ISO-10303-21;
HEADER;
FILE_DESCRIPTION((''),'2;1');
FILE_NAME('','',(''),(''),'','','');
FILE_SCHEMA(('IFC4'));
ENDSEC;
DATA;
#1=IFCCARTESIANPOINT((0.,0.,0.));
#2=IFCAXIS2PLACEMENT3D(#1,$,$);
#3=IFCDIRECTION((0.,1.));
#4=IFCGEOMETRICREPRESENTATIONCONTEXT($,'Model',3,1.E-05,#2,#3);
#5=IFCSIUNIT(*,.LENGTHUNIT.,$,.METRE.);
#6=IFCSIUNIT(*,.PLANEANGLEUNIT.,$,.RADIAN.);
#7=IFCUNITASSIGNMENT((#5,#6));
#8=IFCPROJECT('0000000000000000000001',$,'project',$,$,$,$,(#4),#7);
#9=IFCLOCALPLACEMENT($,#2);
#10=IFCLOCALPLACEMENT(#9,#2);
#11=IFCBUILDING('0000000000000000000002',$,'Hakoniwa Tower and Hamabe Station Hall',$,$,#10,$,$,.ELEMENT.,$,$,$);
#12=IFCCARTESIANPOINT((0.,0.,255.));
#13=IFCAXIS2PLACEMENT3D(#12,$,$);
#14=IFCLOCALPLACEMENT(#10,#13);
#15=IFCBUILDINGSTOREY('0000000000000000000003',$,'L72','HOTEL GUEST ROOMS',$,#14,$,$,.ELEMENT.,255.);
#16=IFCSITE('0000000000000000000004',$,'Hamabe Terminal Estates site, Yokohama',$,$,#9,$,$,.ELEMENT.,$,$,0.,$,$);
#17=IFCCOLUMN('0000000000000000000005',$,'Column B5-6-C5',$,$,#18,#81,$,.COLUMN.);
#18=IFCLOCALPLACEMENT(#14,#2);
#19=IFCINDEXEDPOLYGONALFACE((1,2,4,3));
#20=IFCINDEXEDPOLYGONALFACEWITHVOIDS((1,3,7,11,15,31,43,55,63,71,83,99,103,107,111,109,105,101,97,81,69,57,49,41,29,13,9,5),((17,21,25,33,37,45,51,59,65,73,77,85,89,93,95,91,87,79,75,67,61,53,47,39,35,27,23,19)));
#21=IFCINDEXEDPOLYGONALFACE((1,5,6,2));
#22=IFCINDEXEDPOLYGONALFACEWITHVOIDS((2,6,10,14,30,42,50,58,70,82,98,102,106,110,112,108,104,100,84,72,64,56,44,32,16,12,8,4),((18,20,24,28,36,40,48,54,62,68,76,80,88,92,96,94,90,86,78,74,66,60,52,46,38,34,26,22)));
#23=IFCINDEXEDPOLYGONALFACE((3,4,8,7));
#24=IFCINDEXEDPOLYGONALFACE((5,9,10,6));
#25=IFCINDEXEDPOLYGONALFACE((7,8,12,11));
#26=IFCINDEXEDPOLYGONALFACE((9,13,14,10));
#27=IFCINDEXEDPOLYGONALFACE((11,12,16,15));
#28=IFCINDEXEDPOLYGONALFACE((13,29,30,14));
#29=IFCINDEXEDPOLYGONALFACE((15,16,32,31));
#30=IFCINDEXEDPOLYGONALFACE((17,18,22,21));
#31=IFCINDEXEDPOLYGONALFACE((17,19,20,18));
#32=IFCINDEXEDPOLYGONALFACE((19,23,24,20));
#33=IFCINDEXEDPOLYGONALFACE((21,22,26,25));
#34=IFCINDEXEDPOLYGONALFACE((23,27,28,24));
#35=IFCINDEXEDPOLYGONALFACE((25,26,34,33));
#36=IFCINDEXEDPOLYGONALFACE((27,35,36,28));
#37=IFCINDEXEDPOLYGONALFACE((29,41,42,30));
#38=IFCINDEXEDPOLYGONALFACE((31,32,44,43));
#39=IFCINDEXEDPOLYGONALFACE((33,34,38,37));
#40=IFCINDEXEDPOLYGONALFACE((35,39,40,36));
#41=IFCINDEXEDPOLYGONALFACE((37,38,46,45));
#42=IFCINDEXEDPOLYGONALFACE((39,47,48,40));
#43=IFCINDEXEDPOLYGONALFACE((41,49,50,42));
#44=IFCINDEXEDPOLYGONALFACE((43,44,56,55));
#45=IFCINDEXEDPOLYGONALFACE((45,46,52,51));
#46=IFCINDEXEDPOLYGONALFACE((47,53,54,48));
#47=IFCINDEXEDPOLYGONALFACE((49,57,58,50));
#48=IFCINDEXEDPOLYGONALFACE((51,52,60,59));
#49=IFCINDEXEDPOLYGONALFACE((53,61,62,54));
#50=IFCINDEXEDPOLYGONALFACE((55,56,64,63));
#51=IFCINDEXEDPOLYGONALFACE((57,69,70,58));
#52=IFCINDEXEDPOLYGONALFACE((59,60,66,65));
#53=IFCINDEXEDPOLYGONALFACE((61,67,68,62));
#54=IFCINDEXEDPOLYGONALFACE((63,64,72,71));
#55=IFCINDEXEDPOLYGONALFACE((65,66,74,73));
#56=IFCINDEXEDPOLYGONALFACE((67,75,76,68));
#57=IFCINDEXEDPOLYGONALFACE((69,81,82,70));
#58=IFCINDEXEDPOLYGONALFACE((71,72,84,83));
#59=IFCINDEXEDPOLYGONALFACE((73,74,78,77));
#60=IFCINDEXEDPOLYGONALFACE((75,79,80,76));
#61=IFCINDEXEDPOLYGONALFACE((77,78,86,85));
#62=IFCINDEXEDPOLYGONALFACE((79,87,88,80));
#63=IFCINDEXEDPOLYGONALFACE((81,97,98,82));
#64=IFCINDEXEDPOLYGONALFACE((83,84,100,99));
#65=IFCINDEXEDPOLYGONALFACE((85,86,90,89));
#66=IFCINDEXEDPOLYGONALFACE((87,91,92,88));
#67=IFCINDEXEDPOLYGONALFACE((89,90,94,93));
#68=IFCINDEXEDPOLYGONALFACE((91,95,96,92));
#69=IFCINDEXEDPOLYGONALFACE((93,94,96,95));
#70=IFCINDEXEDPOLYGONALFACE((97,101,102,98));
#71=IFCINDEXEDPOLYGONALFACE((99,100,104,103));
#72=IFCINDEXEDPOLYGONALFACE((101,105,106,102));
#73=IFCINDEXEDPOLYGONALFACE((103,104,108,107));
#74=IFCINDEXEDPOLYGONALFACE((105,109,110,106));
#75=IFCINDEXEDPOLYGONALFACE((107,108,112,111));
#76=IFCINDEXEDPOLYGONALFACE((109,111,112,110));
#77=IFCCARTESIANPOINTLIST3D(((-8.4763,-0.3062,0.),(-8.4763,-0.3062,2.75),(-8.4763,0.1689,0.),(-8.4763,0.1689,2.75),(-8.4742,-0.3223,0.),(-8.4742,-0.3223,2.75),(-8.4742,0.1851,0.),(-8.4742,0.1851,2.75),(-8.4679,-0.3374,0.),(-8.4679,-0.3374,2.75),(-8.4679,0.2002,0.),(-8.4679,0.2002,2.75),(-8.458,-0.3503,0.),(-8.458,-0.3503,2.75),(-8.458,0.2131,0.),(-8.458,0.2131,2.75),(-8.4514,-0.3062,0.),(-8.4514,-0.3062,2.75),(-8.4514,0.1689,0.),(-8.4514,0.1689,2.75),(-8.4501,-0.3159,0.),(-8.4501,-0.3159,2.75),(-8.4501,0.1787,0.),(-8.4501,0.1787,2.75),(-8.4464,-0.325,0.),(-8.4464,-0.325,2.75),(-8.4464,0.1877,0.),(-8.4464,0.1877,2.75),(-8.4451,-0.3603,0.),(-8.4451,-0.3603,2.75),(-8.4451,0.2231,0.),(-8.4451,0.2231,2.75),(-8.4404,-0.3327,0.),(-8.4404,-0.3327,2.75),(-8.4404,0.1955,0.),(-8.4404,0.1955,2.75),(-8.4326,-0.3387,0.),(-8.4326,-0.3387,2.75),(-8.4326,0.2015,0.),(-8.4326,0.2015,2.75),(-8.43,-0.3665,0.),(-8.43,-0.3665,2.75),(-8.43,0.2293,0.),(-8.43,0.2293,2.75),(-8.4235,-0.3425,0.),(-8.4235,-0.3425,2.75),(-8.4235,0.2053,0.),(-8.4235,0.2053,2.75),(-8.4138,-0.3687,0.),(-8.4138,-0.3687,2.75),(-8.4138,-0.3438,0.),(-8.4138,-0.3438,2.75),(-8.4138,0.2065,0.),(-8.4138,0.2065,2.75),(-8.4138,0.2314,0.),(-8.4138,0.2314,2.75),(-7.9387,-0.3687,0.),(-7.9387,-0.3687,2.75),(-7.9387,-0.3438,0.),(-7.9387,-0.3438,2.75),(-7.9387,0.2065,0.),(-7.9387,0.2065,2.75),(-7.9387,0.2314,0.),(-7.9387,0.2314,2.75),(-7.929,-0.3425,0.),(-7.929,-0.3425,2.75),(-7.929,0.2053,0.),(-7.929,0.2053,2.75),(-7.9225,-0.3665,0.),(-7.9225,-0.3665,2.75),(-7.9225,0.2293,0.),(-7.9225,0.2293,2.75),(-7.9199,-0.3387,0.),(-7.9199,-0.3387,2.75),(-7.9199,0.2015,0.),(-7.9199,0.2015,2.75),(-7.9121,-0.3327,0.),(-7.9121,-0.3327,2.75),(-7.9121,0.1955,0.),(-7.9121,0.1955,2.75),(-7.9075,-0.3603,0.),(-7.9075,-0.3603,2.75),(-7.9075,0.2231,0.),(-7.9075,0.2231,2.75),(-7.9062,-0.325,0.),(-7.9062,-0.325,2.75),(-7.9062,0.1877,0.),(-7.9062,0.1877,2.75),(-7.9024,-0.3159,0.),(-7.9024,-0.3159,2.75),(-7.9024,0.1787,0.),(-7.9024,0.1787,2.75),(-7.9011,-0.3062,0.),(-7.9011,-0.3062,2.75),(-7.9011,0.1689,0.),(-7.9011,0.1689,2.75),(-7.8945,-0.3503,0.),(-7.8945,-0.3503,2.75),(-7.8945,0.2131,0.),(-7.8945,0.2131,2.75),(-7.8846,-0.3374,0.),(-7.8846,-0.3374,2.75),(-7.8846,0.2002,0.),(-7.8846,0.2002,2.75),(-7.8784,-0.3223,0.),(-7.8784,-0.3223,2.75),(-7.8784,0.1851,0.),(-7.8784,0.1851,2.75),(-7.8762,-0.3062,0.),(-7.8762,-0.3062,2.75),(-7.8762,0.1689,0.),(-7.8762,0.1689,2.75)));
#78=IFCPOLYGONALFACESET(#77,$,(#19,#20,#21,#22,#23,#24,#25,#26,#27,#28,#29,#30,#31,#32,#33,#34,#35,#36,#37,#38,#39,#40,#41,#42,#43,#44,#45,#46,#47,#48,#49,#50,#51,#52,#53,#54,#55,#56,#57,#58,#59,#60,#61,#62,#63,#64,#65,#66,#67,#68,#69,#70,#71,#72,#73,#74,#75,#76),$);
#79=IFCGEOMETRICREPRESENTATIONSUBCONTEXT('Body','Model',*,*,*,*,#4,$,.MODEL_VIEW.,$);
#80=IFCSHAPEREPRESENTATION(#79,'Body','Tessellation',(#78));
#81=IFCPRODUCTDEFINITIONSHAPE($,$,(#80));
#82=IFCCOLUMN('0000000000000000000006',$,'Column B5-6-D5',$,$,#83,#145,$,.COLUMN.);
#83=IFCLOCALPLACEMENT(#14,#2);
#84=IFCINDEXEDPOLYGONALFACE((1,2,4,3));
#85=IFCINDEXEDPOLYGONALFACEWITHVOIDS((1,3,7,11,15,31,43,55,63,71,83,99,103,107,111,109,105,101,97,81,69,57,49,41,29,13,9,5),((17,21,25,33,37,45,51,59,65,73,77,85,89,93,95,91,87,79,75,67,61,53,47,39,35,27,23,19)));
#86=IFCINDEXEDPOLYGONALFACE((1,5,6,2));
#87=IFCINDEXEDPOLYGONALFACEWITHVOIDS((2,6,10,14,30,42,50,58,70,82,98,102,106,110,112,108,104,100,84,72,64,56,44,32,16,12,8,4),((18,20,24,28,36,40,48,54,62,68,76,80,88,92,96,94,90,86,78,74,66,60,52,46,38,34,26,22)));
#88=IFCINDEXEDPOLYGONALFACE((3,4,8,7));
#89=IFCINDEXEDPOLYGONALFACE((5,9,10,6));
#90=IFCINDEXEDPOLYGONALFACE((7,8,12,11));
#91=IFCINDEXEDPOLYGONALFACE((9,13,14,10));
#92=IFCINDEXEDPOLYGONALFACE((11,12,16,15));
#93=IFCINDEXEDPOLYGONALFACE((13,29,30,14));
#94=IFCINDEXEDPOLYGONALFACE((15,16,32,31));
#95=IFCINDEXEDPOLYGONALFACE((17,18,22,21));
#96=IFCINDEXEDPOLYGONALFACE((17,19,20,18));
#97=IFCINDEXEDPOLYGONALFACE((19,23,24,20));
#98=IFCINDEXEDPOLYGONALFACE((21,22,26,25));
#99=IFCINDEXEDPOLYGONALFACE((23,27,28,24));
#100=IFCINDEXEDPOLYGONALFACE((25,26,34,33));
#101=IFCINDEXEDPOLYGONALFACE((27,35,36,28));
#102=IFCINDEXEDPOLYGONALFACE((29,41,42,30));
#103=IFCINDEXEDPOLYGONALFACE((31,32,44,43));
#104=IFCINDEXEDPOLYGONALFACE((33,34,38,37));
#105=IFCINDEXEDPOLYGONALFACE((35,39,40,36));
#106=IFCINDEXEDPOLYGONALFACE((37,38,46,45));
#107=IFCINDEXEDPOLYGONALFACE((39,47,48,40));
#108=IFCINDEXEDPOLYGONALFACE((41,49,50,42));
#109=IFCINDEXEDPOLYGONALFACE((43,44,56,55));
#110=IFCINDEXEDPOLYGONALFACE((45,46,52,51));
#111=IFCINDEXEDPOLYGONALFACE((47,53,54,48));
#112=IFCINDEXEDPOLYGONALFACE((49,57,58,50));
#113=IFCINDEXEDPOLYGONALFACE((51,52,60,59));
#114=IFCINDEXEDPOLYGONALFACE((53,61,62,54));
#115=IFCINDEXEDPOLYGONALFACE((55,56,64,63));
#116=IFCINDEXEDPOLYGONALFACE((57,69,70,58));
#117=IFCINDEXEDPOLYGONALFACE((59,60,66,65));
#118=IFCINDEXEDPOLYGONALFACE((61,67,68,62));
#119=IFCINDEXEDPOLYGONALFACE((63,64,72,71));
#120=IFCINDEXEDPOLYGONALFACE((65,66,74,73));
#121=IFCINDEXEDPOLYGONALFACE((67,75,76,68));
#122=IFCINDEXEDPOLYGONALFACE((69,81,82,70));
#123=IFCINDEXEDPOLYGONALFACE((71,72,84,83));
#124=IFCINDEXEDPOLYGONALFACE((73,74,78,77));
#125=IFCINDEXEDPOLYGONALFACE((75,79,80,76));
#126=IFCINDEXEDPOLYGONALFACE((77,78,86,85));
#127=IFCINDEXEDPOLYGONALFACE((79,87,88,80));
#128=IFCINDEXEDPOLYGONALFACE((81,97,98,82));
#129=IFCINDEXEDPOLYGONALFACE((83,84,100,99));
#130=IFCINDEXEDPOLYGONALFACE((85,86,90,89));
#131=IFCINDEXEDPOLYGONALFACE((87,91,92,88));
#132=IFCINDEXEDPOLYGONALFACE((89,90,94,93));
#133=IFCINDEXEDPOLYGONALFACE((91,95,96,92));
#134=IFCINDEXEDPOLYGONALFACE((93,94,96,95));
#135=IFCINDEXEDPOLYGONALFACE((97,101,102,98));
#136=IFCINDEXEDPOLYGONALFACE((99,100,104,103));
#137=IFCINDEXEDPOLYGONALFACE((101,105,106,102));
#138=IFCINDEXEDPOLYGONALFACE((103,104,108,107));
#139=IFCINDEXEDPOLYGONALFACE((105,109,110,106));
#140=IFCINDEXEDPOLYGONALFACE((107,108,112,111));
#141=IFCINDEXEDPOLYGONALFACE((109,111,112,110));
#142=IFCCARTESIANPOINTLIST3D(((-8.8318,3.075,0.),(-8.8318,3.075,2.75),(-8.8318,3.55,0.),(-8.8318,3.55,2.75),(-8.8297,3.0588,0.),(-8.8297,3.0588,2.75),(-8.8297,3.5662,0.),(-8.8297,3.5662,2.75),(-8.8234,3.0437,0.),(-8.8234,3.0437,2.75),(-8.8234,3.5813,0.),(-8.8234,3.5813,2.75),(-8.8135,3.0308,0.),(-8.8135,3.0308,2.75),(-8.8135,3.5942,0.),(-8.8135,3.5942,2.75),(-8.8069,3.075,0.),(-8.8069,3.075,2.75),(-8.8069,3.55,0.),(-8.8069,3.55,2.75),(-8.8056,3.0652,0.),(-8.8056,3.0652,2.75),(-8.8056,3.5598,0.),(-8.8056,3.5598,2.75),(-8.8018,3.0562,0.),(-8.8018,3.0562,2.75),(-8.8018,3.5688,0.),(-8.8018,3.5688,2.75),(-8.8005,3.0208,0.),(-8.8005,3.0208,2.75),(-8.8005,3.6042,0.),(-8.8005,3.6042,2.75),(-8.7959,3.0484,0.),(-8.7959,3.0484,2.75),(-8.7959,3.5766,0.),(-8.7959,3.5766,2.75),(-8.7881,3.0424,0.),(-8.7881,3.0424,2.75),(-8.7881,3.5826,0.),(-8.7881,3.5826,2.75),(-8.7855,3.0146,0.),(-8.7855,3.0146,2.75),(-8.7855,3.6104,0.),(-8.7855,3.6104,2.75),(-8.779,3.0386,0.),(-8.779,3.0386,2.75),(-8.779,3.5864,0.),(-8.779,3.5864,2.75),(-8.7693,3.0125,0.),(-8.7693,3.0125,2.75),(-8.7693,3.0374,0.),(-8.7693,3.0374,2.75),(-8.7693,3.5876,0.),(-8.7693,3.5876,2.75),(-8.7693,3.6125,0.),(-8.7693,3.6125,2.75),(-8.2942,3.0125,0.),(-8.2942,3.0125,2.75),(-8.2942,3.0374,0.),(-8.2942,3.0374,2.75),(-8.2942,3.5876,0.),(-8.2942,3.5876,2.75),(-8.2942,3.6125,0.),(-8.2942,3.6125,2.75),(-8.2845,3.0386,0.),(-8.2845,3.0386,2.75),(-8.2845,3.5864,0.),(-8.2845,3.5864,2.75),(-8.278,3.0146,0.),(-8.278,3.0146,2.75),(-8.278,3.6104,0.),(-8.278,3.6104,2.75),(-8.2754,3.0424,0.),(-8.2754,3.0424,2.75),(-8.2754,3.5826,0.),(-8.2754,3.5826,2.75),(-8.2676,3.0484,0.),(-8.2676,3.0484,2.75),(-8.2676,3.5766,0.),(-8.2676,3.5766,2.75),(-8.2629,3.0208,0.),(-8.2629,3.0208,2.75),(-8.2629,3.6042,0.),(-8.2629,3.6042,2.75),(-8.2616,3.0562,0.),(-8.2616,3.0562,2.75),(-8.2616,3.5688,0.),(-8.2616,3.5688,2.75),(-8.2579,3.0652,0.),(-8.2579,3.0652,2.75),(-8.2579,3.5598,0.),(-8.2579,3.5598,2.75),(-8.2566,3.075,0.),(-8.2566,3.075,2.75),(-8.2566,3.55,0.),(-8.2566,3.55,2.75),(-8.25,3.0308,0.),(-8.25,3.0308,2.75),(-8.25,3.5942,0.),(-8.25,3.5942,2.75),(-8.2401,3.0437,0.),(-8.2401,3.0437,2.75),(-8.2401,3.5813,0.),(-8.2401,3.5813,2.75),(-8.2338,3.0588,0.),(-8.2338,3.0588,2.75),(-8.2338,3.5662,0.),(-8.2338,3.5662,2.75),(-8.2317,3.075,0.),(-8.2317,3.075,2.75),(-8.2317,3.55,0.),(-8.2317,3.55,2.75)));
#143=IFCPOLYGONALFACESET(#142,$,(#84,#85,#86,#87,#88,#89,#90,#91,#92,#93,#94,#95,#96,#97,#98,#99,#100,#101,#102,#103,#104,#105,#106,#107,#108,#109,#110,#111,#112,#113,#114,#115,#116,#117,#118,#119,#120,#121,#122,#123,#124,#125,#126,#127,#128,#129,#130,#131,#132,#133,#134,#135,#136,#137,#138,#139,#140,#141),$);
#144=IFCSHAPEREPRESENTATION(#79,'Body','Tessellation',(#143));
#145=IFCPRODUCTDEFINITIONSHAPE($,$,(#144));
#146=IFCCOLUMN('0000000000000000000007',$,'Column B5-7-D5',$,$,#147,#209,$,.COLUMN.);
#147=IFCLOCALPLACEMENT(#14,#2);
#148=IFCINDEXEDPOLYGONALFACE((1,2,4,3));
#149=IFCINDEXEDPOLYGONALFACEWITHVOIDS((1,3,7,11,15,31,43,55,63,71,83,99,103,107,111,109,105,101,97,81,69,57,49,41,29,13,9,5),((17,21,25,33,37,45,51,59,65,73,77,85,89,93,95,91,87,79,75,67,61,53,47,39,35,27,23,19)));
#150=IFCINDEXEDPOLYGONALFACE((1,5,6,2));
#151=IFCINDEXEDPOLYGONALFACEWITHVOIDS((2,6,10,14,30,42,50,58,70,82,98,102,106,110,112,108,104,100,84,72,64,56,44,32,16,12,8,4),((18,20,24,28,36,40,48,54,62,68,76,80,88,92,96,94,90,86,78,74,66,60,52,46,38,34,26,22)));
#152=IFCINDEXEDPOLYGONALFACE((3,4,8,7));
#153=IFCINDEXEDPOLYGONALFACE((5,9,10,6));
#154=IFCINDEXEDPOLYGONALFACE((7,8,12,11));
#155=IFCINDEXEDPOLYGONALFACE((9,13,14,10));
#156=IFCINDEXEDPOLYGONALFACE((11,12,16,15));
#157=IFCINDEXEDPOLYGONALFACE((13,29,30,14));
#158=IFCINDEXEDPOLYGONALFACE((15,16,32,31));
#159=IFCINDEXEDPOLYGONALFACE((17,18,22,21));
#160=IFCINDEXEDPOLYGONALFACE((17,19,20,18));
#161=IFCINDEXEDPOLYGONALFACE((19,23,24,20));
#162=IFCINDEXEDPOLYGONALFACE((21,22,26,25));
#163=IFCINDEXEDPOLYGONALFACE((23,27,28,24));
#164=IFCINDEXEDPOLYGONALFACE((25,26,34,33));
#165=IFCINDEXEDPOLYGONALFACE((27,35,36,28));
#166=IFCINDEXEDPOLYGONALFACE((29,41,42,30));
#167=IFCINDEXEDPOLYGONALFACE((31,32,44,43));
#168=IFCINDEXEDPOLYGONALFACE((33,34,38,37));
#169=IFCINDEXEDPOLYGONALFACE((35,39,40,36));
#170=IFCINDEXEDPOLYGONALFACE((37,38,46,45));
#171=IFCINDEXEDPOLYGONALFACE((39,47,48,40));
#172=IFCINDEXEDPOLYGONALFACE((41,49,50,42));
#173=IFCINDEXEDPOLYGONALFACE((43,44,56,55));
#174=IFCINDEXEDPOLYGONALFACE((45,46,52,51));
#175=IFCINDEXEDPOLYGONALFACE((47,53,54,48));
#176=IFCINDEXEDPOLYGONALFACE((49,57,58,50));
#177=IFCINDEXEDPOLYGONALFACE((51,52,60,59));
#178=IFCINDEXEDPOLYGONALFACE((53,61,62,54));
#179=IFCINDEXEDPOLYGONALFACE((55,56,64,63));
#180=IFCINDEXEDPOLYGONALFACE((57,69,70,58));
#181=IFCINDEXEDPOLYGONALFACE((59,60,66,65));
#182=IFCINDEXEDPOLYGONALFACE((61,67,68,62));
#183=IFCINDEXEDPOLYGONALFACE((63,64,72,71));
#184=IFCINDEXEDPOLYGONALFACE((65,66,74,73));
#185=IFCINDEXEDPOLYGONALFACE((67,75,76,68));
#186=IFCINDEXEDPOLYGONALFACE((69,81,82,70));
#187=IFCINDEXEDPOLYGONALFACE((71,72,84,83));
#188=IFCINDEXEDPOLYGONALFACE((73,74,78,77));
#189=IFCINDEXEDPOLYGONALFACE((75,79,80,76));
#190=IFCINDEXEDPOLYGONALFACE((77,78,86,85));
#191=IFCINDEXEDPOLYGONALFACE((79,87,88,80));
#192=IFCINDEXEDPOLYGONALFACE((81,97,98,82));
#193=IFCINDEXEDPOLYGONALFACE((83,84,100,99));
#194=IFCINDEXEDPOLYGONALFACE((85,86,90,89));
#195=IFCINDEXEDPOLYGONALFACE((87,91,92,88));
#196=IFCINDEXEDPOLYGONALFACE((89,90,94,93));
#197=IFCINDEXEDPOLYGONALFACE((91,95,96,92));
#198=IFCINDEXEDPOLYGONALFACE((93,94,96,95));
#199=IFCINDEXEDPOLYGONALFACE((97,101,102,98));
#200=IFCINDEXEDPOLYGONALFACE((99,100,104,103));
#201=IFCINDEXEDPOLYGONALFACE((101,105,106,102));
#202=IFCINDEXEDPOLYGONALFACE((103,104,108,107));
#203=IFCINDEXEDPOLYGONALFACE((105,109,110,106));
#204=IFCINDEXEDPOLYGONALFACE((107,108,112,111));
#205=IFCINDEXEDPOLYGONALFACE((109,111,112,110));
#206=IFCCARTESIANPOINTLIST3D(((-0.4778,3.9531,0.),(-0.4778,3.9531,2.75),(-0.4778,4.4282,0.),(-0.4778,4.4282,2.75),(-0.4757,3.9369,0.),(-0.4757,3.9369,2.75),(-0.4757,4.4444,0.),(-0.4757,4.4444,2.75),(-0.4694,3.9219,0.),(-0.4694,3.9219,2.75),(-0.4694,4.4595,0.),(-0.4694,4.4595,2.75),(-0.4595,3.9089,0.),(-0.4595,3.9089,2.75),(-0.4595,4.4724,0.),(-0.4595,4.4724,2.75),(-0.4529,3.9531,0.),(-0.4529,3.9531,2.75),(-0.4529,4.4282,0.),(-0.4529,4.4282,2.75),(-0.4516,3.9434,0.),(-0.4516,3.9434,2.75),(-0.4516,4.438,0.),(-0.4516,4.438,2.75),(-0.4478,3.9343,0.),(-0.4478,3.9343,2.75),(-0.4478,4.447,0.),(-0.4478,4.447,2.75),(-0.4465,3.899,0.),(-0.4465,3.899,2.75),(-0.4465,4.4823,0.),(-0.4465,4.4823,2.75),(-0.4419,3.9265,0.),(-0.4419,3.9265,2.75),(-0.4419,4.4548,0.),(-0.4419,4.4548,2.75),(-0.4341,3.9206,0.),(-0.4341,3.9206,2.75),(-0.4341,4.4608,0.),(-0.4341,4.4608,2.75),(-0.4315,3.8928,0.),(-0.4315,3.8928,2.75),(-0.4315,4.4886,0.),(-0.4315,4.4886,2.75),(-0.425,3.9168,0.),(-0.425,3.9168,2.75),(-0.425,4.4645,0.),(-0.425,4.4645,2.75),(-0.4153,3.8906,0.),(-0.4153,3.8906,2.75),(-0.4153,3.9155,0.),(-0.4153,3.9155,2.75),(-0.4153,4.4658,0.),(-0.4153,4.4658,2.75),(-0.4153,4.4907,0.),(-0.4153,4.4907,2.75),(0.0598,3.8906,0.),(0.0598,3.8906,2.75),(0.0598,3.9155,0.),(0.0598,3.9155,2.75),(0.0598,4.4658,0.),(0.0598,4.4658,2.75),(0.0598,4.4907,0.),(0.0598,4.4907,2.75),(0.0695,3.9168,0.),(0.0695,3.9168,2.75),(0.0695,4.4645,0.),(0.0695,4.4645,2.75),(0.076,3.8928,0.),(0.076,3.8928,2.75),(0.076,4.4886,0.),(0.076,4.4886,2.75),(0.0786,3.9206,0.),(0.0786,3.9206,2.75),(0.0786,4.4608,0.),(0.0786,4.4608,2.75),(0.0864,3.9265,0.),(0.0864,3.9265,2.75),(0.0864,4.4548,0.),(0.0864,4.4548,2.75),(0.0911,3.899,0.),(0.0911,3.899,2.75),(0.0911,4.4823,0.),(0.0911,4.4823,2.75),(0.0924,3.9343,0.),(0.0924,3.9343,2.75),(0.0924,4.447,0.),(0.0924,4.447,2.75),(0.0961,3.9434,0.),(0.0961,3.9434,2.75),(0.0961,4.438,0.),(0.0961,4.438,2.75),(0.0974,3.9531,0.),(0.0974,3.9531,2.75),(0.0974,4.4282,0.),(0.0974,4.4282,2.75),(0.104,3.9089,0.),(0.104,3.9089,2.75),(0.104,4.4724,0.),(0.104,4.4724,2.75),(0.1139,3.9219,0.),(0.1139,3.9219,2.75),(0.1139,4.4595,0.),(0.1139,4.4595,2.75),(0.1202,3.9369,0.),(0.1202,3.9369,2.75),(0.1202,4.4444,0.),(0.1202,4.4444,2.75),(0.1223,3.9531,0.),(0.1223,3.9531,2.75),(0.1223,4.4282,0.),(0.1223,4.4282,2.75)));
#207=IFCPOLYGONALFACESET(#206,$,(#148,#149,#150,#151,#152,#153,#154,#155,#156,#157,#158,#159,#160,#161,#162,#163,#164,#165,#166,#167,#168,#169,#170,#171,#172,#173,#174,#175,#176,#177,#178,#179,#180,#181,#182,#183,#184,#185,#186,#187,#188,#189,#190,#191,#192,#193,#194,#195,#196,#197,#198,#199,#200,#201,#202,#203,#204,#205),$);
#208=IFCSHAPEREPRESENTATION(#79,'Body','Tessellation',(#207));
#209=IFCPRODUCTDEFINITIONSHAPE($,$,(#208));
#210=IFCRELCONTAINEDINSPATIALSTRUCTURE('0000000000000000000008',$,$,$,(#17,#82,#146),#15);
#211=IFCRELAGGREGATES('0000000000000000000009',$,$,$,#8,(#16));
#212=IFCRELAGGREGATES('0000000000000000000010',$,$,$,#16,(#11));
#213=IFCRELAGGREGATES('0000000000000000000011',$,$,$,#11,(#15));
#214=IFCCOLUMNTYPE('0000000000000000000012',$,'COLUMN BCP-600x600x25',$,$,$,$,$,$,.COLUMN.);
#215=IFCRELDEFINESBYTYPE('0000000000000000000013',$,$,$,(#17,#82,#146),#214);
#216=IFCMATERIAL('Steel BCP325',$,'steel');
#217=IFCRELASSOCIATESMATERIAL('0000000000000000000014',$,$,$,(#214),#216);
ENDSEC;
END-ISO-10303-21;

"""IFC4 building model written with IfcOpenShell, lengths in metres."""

from ifc_helpers import new_model, si_unit, direction, frame, origin, origin_2d, place, context, subcontext, project, spatial, hollow_rectangle, extrude, material, material_profile, profile_set, type_object, element, save


model = new_model("IFC4")

# Units and contexts
model_context = context("Model", 3, precision=1e-05, world=origin(), true_north=direction((0.0, 1.0)))
body_context = subcontext(model_context, "Body", "Model", "MODEL_VIEW")
ifc_project = project(units=[si_unit("LENGTHUNIT", "METRE"), si_unit("PLANEANGLEUNIT", "RADIAN")], contexts=[model_context])

# Site, building, storey
site_placement = place(None, origin())
site = spatial("IfcSite", under=ifc_project, at=site_placement, Name="Hamabe Terminal Estates site, Yokohama", CompositionType="ELEMENT", RefElevation=0.0)
building_placement = place(site_placement, origin())
building = spatial("IfcBuilding", under=site, at=building_placement, Name="Hakoniwa Tower and Hamabe Station Hall", CompositionType="ELEMENT")
storey_placement = place(building_placement, frame((0.0, 0.0, 255.0)))
storey = spatial("IfcBuildingStorey", under=building, at=storey_placement, Name="L72", Description="HOTEL GUEST ROOMS", CompositionType="ELEMENT", Elevation=255.0)

# Columns
ifc_material_1 = material(Name="Steel BCP325", Category="steel")
ifc_material_profile_1 = material_profile(ifc_material_1, hollow_rectangle(XDim=0.6001, YDim=0.6001, WallThickness=0.0249, InnerFilletRadius=0.0376, OuterFilletRadius=0.0625, at=origin_2d()), Name="BCP-600x600x25")
ifc_profile_set_1 = profile_set([ifc_material_profile_1], Name="Steel BCP325")
column_type_1 = type_object("IfcColumnType", Name="COLUMN BCP-600x600x25", PredefinedType="COLUMN", material=ifc_profile_set_1)
for number, where, z_axis, x_axis, name in (
    (1, (-8.1763, -0.0686, 0.0), (0.0, 0.0, 1.0), (1.0, 0.0, 0.0), "Column B5-6-C5"),
    (2, (-8.5317, 3.3125, 0.0), (0.0, 0.0, 1.0), (1.0, 0.0, 0.0), "Column B5-6-D5"),
    (3, (-0.1777, 4.1907, 0.0), (0.0, 0.0, 1.0), (1.0, 0.0, 0.0), "Column B5-7-D5"),
):
    element("IfcColumn", number, at=place(storey_placement, frame(where, z_axis=z_axis, x_axis=x_axis)), inside=storey, type_object=column_type_1, Name=name, PredefinedType="COLUMN", context=body_context, shape_type="SweptSolid", body=[
        extrude(hollow_rectangle(XDim=0.6001, YDim=0.6001, WallThickness=0.0249, InnerFilletRadius=0.0376, OuterFilletRadius=0.0625, at=origin_2d()), origin(), (0.0, 0.0, 1.0), 2.75),
    ])

save(model, "model.ifc")
